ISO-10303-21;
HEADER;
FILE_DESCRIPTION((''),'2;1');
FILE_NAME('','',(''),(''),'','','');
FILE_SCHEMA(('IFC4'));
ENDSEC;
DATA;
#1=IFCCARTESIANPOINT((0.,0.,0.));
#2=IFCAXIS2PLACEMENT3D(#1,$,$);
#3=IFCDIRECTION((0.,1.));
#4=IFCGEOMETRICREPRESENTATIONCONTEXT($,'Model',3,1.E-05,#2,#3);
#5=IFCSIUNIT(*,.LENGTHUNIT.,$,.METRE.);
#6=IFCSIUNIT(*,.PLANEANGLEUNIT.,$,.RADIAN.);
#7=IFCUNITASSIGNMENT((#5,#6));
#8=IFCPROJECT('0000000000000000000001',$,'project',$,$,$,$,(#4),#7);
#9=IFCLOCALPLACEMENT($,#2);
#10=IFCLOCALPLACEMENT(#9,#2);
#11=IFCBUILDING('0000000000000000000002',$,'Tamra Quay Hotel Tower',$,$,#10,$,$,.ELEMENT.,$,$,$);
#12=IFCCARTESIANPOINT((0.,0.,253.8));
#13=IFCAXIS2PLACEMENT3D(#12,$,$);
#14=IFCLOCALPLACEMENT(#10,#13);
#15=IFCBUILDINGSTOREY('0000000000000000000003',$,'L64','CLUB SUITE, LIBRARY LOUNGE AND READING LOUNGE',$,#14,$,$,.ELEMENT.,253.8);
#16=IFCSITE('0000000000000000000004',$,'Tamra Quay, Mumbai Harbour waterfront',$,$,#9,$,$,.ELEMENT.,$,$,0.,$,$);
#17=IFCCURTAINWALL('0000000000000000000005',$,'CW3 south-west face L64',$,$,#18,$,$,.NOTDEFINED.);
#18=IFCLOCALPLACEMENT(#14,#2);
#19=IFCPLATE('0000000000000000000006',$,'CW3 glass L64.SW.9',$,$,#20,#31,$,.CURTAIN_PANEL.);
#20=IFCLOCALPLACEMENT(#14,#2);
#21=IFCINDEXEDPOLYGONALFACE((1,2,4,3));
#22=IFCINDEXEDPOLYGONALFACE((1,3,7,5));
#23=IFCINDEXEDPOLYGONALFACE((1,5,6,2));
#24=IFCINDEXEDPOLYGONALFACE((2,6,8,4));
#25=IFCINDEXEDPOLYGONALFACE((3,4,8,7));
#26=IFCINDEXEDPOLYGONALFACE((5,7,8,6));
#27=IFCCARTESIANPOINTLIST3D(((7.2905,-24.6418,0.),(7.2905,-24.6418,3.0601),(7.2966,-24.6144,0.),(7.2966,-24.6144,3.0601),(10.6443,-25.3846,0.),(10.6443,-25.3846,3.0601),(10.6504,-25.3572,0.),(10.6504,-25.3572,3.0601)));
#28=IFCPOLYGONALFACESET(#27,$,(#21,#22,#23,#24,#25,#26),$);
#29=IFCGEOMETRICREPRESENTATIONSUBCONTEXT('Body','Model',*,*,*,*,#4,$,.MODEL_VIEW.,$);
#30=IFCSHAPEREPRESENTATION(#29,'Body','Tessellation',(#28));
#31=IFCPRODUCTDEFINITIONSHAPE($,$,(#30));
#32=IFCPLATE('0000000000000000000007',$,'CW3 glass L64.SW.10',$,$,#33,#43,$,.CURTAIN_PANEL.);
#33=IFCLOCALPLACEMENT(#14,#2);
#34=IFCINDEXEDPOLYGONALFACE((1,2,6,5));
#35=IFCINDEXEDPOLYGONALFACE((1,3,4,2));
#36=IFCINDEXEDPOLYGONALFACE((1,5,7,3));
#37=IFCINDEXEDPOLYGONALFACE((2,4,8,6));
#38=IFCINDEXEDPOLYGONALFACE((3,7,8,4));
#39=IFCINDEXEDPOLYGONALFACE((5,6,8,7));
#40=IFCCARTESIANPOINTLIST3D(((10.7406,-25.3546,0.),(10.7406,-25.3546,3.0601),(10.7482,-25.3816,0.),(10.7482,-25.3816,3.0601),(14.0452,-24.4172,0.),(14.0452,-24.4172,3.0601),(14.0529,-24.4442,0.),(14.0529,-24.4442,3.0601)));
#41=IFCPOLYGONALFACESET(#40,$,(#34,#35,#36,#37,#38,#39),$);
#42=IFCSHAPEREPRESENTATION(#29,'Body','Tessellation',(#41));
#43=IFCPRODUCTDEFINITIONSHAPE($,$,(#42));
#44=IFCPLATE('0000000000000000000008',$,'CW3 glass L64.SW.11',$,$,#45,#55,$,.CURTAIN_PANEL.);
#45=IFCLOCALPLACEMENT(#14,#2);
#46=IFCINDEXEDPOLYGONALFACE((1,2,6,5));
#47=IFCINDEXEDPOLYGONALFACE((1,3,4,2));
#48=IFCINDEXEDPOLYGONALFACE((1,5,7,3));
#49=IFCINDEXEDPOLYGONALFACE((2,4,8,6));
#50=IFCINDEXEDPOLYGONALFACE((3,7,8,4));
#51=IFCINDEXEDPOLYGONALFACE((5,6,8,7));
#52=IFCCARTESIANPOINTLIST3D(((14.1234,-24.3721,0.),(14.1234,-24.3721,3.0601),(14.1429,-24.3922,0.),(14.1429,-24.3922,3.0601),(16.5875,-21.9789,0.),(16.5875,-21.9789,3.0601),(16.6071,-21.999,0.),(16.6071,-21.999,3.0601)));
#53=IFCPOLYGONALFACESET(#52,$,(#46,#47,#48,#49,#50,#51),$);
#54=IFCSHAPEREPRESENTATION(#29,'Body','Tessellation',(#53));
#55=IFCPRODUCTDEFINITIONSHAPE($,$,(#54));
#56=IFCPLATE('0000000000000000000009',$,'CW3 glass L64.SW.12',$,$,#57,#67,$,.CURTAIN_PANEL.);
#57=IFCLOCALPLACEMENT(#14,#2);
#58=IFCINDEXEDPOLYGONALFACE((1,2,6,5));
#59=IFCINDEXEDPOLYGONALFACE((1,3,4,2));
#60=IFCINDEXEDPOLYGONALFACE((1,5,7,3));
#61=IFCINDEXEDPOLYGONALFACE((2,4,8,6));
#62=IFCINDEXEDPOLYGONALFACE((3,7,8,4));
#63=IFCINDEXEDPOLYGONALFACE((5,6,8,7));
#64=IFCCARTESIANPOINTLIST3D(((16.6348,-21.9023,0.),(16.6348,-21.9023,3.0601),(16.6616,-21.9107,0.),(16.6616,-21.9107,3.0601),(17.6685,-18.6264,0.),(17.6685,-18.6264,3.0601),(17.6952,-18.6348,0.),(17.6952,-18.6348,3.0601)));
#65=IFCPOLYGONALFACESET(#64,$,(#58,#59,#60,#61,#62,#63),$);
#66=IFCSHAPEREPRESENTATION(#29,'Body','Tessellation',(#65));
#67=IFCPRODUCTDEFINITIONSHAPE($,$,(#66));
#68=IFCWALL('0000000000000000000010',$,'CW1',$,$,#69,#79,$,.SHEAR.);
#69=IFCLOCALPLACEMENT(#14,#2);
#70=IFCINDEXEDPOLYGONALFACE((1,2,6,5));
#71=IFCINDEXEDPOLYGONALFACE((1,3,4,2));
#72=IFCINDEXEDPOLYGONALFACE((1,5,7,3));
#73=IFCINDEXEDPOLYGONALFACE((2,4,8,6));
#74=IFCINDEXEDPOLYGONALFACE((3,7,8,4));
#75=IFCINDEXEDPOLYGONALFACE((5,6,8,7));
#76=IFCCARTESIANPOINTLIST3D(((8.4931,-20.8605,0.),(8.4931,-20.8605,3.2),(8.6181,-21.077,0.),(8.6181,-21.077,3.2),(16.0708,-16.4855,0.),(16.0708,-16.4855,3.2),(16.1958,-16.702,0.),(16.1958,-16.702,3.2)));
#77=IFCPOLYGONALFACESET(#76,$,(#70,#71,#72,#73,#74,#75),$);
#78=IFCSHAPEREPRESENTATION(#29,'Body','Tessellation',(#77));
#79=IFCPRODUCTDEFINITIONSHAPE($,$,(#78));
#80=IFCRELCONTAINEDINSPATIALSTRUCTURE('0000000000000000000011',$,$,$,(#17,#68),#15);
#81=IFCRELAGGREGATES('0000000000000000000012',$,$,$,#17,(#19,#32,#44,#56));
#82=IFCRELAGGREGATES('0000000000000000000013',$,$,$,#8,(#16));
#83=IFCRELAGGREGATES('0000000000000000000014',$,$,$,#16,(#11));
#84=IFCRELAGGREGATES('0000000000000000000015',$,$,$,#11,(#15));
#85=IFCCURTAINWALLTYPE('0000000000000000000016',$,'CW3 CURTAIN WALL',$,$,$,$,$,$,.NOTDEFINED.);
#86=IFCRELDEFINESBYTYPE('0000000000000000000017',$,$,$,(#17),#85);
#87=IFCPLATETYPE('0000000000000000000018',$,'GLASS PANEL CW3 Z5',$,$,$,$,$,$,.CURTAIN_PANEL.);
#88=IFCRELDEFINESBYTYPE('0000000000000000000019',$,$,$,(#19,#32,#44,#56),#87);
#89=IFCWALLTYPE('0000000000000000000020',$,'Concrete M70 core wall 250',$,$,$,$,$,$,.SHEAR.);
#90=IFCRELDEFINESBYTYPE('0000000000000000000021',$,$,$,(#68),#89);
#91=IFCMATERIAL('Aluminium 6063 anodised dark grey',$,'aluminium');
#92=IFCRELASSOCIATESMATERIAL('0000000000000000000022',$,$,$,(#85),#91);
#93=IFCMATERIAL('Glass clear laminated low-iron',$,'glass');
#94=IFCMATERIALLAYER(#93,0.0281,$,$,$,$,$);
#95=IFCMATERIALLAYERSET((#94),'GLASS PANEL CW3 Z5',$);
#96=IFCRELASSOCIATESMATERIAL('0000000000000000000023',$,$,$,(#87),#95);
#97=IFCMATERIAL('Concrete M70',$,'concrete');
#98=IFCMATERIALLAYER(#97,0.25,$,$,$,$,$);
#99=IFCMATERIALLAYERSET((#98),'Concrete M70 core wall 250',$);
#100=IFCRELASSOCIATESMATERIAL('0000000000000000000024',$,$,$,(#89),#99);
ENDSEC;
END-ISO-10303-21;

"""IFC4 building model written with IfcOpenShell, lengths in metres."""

from ifc_helpers import new_model, si_unit, direction, frame, frame_2d, origin, origin_2d, place, context, subcontext, project, spatial, rectangle, extrude, material, layer, layer_set, type_object, element, aggregate, save


model = new_model("IFC4")

# Units and contexts
model_context = context("Model", 3, precision=1e-05, world=origin(), true_north=direction((0.0, 1.0)))
body_context = subcontext(model_context, "Body", "Model", "MODEL_VIEW")
ifc_project = project(units=[si_unit("LENGTHUNIT", "METRE"), si_unit("PLANEANGLEUNIT", "RADIAN")], contexts=[model_context])

# Site, building, storey
site_placement = place(None, origin())
site = spatial("IfcSite", under=ifc_project, at=site_placement, Name="Tamra Quay, Mumbai Harbour waterfront", CompositionType="ELEMENT", RefElevation=0.0)
building_placement = place(site_placement, origin())
building = spatial("IfcBuilding", under=site, at=building_placement, Name="Tamra Quay Hotel Tower", CompositionType="ELEMENT")
storey_placement = place(building_placement, frame((0.0, 0.0, 253.8)))
storey = spatial("IfcBuildingStorey", under=building, at=storey_placement, Name="L64", Description="CLUB SUITE, LIBRARY LOUNGE AND READING LOUNGE", CompositionType="ELEMENT", Elevation=253.8)

# Shared definitions
ifc_material_1 = material(Name="Concrete M70", Category="concrete")

# Shared definitions
ifc_material_2 = material(Name="Aluminium 6063 anodised dark grey", Category="aluminium")

# Curtain wall
curtain_wall_type_1 = type_object("IfcCurtainWallType", Name="CW3 CURTAIN WALL", PredefinedType="NOTDEFINED", material=ifc_material_2)
curtain_wall_1_placement = place(storey_placement, origin())
curtain_wall_1 = element("IfcCurtainWall", 1, at=curtain_wall_1_placement, inside=storey, type_object=curtain_wall_type_1, Name="CW3 south-west face L64", PredefinedType="NOTDEFINED")

# Plates
ifc_material_3 = material(Name="Glass clear laminated low-iron", Category="glass")
ifc_layer_1 = layer(ifc_material_3, 0.0281)
ifc_layer_set_1 = layer_set([ifc_layer_1], Name="GLASS PANEL CW3 Z5")
plate_type_1 = type_object("IfcPlateType", Name="GLASS PANEL CW3 Z5", PredefinedType="CURTAIN_PANEL", material=ifc_layer_set_1)
plate_1_placement = place(storey_placement, frame((8.9705, -24.9995, 0.0), z_axis=(0.0, 0.0, 1.0), x_axis=(0.976341, -0.216238, 0.0)))
plate_1 = element("IfcPlate", 2, at=plate_1_placement, type_object=plate_type_1, Name="CW3 glass L64.SW.9", PredefinedType="CURTAIN_PANEL", context=body_context, shape_type="SweptSolid", body=[
    extrude(rectangle(XDim=3.4351, YDim=0.0281, at=origin_2d()), origin(), (0.0, 0.0, 1.0), 3.0601),
])
plate_2_placement = place(storey_placement, frame((12.3967, -24.8994, 0.0), z_axis=(0.0, 0.0, 1.0), x_axis=(0.962041, 0.272906, 0.0)))
plate_2 = element("IfcPlate", 3, at=plate_2_placement, type_object=plate_type_1, Name="CW3 glass L64.SW.10", PredefinedType="CURTAIN_PANEL", context=body_context, shape_type="SweptSolid", body=[
    extrude(rectangle(XDim=3.4351, YDim=0.0281, at=origin_2d()), origin(), (0.0, 0.0, 1.0), 3.0601),
])
plate_3_placement = place(storey_placement, frame((15.3652, -23.1855, 0.0), z_axis=(0.0, 0.0, 1.0), x_axis=(0.717364, 0.696698, 0.0)))
plate_3 = element("IfcPlate", 4, at=plate_3_placement, type_object=plate_type_1, Name="CW3 glass L64.SW.11", PredefinedType="CURTAIN_PANEL", context=body_context, shape_type="SweptSolid", body=[
    extrude(rectangle(XDim=3.4351, YDim=0.0281, at=origin_2d()), origin(), (0.0, 0.0, 1.0), 3.0601),
])
plate_4_placement = place(storey_placement, frame((17.165, -20.2686, 0.0), z_axis=(0.0, 0.0, 1.0), x_axis=(0.300903, 0.953655, 0.0)))
plate_4 = element("IfcPlate", 5, at=plate_4_placement, type_object=plate_type_1, Name="CW3 glass L64.SW.12", PredefinedType="CURTAIN_PANEL", context=body_context, shape_type="SweptSolid", body=[
    extrude(rectangle(XDim=3.4351, YDim=0.0281, at=origin_2d()), origin(), (0.0, 0.0, 1.0), 3.0601),
])
aggregate(curtain_wall_1, [plate_1, plate_2, plate_3, plate_4])

# Wall
ifc_layer_2 = layer(ifc_material_1, 0.25)
ifc_layer_set_2 = layer_set([ifc_layer_2], Name="Concrete M70 core wall 250")
wall_type = type_object("IfcWallType", Name="Concrete M70 core wall 250", PredefinedType="SHEAR", material=ifc_layer_set_2)
wall_placement = place(storey_placement, frame((16.1333, -16.5938, 0.0), z_axis=(0.0, 0.0, 1.0), x_axis=(-0.866023, -0.500004, 0.0)))
element("IfcWall", 6, at=wall_placement, inside=storey, type_object=wall_type, Name="CW1", PredefinedType="SHEAR", context=body_context, shape_type="SweptSolid", body=[
    extrude(rectangle(XDim=8.75, YDim=0.25, at=frame_2d((4.375, 0.0))), origin(), (0.0, 0.0, 1.0), 3.2),
])

save(model, "model.ifc")
